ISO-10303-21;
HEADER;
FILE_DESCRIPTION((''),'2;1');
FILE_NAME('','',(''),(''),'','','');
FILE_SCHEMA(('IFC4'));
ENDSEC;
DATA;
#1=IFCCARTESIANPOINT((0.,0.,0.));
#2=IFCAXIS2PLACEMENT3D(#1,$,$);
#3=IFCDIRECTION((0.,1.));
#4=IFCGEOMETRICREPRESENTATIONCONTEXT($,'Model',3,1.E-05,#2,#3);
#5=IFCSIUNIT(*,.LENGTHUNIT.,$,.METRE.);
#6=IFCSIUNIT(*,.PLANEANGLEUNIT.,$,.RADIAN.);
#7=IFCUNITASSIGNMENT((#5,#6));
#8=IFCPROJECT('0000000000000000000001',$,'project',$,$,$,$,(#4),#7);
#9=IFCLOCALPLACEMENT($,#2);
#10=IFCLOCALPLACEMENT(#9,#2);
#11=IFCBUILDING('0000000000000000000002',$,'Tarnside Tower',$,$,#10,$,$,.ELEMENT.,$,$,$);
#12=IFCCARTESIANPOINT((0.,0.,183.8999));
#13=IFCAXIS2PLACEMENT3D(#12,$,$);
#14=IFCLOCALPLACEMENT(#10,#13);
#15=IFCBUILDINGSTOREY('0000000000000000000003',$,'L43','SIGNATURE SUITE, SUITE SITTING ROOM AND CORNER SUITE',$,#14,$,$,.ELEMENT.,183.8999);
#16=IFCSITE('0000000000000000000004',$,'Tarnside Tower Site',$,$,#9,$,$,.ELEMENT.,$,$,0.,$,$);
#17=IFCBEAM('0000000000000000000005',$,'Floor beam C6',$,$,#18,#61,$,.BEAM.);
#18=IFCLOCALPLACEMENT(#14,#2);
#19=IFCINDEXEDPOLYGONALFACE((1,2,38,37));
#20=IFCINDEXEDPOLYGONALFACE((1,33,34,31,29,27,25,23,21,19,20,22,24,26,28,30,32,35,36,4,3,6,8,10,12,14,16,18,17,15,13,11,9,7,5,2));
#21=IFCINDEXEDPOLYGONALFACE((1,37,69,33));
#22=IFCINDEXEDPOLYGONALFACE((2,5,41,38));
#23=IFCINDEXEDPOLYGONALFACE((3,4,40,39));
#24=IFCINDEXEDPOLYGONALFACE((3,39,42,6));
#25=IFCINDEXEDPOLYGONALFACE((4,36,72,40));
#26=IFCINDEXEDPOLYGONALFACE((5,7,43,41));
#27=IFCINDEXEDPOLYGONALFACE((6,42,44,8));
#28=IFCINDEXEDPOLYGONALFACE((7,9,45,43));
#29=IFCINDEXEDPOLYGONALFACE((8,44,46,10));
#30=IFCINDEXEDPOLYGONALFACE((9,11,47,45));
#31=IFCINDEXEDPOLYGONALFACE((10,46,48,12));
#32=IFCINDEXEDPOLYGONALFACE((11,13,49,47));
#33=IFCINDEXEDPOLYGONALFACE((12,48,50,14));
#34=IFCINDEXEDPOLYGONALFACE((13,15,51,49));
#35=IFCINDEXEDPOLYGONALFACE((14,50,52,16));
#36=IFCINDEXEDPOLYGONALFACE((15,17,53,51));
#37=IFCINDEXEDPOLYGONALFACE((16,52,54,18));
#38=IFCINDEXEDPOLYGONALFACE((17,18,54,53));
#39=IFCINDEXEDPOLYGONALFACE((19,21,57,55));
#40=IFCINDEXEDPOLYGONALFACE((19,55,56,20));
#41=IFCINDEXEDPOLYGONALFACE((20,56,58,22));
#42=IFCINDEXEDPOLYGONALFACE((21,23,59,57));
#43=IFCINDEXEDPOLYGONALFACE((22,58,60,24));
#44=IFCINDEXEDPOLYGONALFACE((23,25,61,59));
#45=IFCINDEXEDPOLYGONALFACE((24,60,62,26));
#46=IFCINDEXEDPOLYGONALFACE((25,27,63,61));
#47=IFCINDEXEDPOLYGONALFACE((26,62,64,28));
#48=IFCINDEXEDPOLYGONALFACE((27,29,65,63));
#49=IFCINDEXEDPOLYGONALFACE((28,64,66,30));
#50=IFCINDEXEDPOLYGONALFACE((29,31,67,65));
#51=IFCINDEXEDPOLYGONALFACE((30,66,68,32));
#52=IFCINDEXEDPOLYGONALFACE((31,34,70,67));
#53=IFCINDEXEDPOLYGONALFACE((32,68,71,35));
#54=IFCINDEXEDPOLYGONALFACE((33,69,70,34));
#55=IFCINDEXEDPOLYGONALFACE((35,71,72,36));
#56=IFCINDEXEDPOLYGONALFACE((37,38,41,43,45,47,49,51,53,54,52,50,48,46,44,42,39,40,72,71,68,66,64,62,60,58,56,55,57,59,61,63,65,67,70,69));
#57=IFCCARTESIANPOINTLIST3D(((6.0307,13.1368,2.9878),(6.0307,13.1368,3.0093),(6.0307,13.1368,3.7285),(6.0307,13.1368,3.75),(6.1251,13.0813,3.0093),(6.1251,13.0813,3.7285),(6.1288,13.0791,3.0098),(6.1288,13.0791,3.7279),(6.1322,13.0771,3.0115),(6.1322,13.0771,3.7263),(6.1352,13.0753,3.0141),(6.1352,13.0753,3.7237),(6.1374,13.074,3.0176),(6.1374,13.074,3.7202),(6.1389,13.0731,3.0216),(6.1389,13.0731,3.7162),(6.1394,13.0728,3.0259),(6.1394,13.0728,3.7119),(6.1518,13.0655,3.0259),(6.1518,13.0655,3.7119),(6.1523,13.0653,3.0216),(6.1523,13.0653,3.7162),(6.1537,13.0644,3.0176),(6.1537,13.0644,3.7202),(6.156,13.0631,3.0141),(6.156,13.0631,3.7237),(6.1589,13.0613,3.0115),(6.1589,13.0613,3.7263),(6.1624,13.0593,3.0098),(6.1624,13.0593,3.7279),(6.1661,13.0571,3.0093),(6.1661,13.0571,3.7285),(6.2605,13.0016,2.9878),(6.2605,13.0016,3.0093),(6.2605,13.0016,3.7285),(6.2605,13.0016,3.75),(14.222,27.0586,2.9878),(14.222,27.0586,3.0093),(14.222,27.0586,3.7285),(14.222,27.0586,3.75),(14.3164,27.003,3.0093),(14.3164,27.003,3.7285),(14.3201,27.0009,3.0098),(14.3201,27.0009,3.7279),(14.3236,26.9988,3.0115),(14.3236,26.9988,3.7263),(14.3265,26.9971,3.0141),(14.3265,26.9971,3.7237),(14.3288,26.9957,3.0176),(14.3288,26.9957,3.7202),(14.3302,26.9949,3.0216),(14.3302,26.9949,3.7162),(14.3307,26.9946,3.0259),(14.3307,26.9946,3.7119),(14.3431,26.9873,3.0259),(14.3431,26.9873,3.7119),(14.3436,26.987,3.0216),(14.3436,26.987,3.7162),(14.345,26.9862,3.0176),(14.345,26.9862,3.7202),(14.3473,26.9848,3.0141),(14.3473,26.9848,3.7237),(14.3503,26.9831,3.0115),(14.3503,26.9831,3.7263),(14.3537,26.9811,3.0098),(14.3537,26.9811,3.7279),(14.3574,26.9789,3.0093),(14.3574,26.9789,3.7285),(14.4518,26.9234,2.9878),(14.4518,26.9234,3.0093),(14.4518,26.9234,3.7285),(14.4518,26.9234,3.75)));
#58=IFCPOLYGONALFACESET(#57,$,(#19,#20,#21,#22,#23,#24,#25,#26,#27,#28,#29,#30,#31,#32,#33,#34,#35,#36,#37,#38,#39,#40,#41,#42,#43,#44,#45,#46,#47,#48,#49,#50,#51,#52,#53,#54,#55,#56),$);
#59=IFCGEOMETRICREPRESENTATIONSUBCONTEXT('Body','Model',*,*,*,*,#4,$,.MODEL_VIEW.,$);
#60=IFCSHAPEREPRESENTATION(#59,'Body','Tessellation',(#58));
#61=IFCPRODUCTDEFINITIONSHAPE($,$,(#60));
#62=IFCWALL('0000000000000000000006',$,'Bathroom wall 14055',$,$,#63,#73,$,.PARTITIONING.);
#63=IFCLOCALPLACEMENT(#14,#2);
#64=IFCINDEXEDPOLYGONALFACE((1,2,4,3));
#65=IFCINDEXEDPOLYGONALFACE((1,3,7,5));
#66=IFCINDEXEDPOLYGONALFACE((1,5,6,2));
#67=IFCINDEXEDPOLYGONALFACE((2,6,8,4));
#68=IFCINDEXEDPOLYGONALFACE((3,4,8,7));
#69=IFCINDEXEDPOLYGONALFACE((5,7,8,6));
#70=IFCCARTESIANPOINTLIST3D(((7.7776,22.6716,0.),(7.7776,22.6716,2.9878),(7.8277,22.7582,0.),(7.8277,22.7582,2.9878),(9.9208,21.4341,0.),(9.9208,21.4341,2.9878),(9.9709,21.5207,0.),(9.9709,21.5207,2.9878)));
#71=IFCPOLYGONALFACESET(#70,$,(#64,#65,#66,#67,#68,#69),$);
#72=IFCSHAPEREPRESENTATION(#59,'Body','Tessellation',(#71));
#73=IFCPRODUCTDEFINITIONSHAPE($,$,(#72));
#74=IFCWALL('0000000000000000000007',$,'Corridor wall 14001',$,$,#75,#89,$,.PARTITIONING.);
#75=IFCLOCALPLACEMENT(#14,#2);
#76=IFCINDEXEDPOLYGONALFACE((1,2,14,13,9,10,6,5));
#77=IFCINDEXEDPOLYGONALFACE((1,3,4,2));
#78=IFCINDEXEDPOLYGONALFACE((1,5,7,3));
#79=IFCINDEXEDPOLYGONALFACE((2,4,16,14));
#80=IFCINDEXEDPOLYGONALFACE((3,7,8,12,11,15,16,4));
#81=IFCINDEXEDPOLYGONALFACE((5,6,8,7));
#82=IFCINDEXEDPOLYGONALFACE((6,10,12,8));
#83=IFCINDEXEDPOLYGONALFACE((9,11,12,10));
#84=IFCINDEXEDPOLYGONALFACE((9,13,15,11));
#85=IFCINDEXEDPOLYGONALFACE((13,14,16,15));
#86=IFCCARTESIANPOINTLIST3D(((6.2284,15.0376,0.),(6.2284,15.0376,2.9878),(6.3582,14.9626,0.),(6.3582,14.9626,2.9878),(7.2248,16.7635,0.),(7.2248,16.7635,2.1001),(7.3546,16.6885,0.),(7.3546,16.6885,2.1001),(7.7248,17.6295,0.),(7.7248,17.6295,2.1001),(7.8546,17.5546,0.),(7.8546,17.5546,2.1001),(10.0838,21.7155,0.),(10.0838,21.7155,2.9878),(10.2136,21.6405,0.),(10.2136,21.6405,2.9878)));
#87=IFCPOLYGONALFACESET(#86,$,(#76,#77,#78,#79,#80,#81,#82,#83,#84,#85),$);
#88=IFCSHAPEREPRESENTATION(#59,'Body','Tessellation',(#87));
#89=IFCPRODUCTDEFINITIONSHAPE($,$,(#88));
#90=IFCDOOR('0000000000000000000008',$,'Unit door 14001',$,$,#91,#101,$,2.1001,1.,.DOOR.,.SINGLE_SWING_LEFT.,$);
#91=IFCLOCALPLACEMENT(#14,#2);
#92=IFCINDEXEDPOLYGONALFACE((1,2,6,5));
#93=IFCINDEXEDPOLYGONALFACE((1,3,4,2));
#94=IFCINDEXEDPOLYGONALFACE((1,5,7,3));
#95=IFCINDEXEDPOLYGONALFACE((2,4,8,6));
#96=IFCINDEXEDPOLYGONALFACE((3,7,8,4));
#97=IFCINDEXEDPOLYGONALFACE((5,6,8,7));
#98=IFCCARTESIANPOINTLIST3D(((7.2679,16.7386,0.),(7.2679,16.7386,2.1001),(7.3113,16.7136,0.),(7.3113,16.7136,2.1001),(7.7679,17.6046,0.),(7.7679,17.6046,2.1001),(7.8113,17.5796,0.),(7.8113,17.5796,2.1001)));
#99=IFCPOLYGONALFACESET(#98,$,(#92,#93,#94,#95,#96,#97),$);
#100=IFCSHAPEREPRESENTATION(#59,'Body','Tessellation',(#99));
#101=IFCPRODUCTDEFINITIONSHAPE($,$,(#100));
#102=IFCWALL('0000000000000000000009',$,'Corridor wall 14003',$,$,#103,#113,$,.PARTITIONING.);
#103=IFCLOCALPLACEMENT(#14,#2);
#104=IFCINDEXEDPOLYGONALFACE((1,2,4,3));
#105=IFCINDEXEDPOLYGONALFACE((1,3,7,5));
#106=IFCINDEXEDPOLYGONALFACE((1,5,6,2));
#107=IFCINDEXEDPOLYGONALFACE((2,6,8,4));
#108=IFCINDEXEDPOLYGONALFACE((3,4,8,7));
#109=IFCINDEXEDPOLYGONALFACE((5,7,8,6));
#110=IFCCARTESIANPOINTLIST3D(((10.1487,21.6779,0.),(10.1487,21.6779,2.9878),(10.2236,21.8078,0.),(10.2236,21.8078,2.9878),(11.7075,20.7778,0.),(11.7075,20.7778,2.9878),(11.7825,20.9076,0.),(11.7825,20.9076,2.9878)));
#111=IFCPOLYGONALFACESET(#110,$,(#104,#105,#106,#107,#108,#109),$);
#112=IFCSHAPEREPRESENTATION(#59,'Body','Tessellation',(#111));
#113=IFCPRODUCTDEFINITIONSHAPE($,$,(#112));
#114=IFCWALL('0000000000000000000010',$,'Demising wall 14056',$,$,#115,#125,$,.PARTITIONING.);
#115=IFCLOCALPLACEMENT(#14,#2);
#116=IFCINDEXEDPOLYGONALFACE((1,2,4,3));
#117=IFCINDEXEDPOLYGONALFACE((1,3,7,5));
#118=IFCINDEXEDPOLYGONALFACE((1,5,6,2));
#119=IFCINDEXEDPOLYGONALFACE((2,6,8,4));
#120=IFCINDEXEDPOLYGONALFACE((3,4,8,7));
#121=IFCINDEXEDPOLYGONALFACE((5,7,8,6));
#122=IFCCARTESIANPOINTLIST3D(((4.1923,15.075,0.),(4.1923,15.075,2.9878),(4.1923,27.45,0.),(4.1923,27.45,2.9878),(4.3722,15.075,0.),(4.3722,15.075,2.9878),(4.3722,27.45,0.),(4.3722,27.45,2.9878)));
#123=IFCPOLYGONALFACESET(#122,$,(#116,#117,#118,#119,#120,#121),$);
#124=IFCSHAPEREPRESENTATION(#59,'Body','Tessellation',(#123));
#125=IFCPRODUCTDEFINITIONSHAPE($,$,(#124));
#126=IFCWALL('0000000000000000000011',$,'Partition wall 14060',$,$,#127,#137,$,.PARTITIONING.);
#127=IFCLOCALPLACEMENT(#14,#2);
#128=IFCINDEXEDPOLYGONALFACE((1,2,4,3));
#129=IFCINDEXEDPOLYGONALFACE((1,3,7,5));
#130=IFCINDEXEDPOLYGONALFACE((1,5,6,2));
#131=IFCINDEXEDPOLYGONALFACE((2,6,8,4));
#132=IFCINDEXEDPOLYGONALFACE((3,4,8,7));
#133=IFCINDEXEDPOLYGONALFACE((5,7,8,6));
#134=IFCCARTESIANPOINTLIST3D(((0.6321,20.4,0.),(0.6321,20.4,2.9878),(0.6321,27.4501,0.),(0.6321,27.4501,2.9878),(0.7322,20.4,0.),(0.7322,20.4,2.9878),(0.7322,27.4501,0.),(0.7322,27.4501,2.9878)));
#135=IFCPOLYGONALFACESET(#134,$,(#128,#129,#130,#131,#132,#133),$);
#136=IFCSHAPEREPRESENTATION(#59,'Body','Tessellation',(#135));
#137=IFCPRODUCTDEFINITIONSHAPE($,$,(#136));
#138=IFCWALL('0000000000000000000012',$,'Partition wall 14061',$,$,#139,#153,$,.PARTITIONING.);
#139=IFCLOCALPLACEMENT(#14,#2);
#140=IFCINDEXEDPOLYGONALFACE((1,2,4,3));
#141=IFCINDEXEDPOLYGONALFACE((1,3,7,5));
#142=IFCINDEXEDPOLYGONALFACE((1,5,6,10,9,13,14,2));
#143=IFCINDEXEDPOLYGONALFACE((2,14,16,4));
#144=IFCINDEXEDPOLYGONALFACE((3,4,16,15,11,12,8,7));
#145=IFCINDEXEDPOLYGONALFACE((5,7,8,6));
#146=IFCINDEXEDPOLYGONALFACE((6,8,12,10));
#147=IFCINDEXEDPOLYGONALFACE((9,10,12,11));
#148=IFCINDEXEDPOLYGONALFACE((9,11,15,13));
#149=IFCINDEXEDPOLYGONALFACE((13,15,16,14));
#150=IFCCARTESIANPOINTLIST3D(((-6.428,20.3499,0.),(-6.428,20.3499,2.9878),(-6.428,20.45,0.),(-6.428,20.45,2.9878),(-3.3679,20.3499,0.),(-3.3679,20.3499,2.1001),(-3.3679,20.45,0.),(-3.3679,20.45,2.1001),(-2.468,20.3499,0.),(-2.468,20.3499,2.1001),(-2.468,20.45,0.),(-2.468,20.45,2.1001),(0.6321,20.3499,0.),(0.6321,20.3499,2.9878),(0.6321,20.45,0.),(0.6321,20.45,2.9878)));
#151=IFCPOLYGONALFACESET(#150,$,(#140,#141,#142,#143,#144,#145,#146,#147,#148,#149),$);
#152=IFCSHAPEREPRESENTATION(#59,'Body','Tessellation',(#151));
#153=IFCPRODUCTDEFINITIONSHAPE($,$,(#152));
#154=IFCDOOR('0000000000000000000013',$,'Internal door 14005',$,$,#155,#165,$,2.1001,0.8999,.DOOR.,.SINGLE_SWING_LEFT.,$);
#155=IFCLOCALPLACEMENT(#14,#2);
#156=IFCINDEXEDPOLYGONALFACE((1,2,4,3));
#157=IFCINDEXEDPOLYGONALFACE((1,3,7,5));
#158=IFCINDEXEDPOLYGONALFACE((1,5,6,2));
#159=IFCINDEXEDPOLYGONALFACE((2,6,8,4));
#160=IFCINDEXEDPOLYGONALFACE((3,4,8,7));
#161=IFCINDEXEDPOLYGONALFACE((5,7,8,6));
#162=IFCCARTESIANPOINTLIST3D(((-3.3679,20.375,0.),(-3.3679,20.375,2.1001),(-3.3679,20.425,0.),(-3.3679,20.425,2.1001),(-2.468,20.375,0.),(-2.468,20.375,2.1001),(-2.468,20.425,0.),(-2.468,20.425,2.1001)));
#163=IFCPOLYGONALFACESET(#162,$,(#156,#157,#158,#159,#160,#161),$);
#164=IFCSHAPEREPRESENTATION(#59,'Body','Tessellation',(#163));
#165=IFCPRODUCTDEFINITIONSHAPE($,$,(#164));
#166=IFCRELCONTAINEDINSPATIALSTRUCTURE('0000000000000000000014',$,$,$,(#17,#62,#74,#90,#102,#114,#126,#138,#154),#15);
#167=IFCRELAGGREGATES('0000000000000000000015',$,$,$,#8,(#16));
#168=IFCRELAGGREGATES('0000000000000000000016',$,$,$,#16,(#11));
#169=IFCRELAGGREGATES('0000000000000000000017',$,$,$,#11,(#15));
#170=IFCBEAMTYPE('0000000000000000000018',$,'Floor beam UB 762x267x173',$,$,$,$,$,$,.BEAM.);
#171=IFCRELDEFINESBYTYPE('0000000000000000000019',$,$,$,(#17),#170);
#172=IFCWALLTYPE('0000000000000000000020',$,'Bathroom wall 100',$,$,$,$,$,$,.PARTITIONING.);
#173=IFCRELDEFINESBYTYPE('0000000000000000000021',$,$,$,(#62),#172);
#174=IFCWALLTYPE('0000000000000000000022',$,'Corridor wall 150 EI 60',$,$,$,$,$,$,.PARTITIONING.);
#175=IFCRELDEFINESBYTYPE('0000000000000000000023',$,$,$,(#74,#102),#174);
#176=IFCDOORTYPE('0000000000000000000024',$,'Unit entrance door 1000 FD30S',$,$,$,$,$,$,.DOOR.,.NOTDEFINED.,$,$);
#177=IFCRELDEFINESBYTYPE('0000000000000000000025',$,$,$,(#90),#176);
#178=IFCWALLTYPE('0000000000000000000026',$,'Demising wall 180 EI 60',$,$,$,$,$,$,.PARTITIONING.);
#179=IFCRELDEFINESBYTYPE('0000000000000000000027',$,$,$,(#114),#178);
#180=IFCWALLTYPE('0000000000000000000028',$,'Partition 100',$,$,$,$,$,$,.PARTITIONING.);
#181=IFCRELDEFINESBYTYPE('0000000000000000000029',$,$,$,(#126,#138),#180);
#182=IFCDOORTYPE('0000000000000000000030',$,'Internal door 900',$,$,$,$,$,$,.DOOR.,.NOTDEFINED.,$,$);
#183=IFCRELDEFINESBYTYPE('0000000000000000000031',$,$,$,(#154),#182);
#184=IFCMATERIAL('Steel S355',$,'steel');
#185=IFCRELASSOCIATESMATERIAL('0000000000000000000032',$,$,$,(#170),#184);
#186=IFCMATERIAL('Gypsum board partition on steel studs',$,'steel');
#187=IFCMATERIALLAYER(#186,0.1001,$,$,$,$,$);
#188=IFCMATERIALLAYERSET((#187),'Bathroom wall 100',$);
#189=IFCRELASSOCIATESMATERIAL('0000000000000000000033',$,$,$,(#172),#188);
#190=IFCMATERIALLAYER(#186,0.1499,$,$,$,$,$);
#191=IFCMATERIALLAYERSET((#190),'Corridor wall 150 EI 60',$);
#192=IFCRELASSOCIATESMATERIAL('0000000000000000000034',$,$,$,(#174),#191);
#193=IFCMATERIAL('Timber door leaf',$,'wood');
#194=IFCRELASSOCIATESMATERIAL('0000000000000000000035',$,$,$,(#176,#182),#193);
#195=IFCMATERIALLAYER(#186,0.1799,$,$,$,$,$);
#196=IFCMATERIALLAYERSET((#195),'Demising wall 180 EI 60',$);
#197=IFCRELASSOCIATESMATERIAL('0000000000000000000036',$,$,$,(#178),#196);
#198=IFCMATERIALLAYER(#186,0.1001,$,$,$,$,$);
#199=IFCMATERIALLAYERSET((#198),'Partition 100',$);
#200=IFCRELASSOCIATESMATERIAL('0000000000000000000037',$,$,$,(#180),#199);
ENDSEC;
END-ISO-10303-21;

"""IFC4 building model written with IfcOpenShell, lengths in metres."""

from ifc_helpers import new_model, si_unit, direction, frame, frame_2d, origin, origin_2d, place, context, subcontext, project, spatial, rectangle, i_section, extrude, material, layer, layer_set, material_profile, profile_set, type_object, element, fill, save


model = new_model("IFC4")

# Units and contexts
model_context = context("Model", 3, precision=1e-05, world=origin(), true_north=direction((0.0, 1.0)))
body_context = subcontext(model_context, "Body", "Model", "MODEL_VIEW")
ifc_project = project(units=[si_unit("LENGTHUNIT", "METRE"), si_unit("PLANEANGLEUNIT", "RADIAN")], contexts=[model_context])

# Site, building, storey
site_placement = place(None, origin())
site = spatial("IfcSite", under=ifc_project, at=site_placement, Name="Tarnside Tower Site", CompositionType="ELEMENT", RefElevation=0.0)
building_placement = place(site_placement, origin())
building = spatial("IfcBuilding", under=site, at=building_placement, Name="Tarnside Tower", CompositionType="ELEMENT")
storey_placement = place(building_placement, frame((0.0, 0.0, 183.8999)))
storey = spatial("IfcBuildingStorey", under=building, at=storey_placement, Name="L43", Description="SIGNATURE SUITE, SUITE SITTING ROOM AND CORNER SUITE", CompositionType="ELEMENT", Elevation=183.8999)

# Beam
ifc_material_1 = material(Name="Steel S355", Category="steel")
ifc_material_profile_1 = material_profile(ifc_material_1, i_section(OverallWidth=0.2666, OverallDepth=0.7622, WebThickness=0.0144, FlangeThickness=0.0215, FilletRadius=0.0166, at=origin_2d()), Name="UB 762x267x173")
ifc_profile_set_1 = profile_set([ifc_material_profile_1], Name="Steel S355")
beam_type_1 = type_object("IfcBeamType", Name="Floor beam UB 762x267x173", PredefinedType="BEAM", material=ifc_profile_set_1)
beam_1_placement = place(storey_placement, frame((14.3369, 26.991, 3.3689), z_axis=(-0.507115, -0.861878, 0.0), x_axis=(0.861878, -0.507115, 0.0)))
element("IfcBeam", 1, at=beam_1_placement, inside=storey, type_object=beam_type_1, Name="Floor beam C6", PredefinedType="BEAM", context=body_context, shape_type="SweptSolid", body=[
    extrude(i_section(OverallWidth=0.2666, OverallDepth=0.7622, WebThickness=0.0144, FlangeThickness=0.0215, FilletRadius=0.0166, at=origin_2d()), origin(), (0.0, 0.0, 1.0), 16.1528),
])

# Wall
ifc_material_2 = material(Name="Gypsum board partition on steel studs", Category="steel")
ifc_layer_1 = layer(ifc_material_2, 0.1001)
ifc_layer_set_1 = layer_set([ifc_layer_1], Name="Bathroom wall 100")
wall_type_1 = type_object("IfcWallType", Name="Bathroom wall 100", PredefinedType="PARTITIONING", material=ifc_layer_set_1)
wall_1_placement = place(storey_placement, frame((7.8027, 22.7148, 0.0), z_axis=(0.0, 0.0, 1.0), x_axis=(0.866007, -0.500033, 0.0)))
element("IfcWall", 2, at=wall_1_placement, inside=storey, type_object=wall_type_1, Name="Bathroom wall 14055", PredefinedType="PARTITIONING", context=body_context, shape_type="SweptSolid", body=[
    extrude(rectangle(XDim=2.4749, YDim=0.1001, at=frame_2d((1.2373, 0.0))), origin(), (0.0, 0.0, 1.0), 2.9878),
])

# Wall, opening, door
ifc_layer_2 = layer(ifc_material_2, 0.1499)
ifc_layer_set_2 = layer_set([ifc_layer_2], Name="Corridor wall 150 EI 60")
wall_type_2 = type_object("IfcWallType", Name="Corridor wall 150 EI 60", PredefinedType="PARTITIONING", material=ifc_layer_set_2)
wall_2_placement = place(storey_placement, frame((10.1487, 21.678, 0.0), z_axis=(0.0, 0.0, 1.0), x_axis=(-0.499994, -0.866029, 0.0)))
wall_2 = element("IfcWall", 3, at=wall_2_placement, inside=storey, type_object=wall_type_2, Name="Corridor wall 14001", PredefinedType="PARTITIONING", context=body_context, shape_type="SweptSolid", body=[
    extrude(rectangle(XDim=7.7109, YDim=0.1499, at=frame_2d((3.8555, 0.0))), origin(), (0.0, 0.0, 1.0), 2.9878),
])
opening_1_placement = place(wall_2_placement, frame((4.718, 0.0, 0.0)))
opening_1 = element("IfcOpeningElement", 4, at=opening_1_placement, cuts=wall_2, PredefinedType="OPENING", context=body_context, shape_type="SweptSolid", body=[
    extrude(rectangle(XDim=1.0, YDim=2.1001, at=frame_2d((0.5, 1.05))), frame((0.0, 0.085, 0.0), z_axis=(0.0, -1.0, 0.0), x_axis=(1.0, 0.0, 0.0)), (0.0, 0.0, 1.0), 0.1699),
])
ifc_material_3 = material(Name="Timber door leaf", Category="wood")
door_type_1 = type_object("IfcDoorType", Name="Unit entrance door 1000 FD30S", OperationType="NOTDEFINED", PredefinedType="DOOR", material=ifc_material_3)
door_1_placement = place(opening_1_placement, origin())
door_1 = element("IfcDoor", 5, at=door_1_placement, inside=storey, type_object=door_type_1, Name="Unit door 14001", OperationType="SINGLE_SWING_LEFT", OverallHeight=2.1001, OverallWidth=1.0, PredefinedType="DOOR", context=body_context, shape_type="SweptSolid", body=[
    extrude(rectangle(XDim=1.0, YDim=2.1001, at=frame_2d((0.5, 1.05))), frame((0.0, 0.0249, 0.0), z_axis=(0.0, -1.0, 0.0), x_axis=(1.0, 0.0, 0.0)), (0.0, 0.0, 1.0), 0.05),
])
fill(opening_1, door_1)

# Walls
wall_3_placement = place(storey_placement, frame((11.7449, 20.8428, 0.0), z_axis=(0.0, 0.0, 1.0), x_axis=(-0.865989, 0.500063, 0.0)))
element("IfcWall", 6, at=wall_3_placement, inside=storey, type_object=wall_type_2, Name="Corridor wall 14003", PredefinedType="PARTITIONING", context=body_context, shape_type="SweptSolid", body=[
    extrude(rectangle(XDim=1.8, YDim=0.1499, at=frame_2d((0.8999, 0.0))), origin(), (0.0, 0.0, 1.0), 2.9878),
])
ifc_layer_3 = layer(ifc_material_2, 0.1799)
ifc_layer_set_3 = layer_set([ifc_layer_3], Name="Demising wall 180 EI 60")
wall_type_3 = type_object("IfcWallType", Name="Demising wall 180 EI 60", PredefinedType="PARTITIONING", material=ifc_layer_set_3)
wall_4_placement = place(storey_placement, frame((4.2822, 27.45, 0.0), z_axis=(0.0, 0.0, 1.0), x_axis=(0.0, -1.0, 0.0)))
element("IfcWall", 7, at=wall_4_placement, inside=storey, type_object=wall_type_3, Name="Demising wall 14056", PredefinedType="PARTITIONING", context=body_context, shape_type="SweptSolid", body=[
    extrude(rectangle(XDim=12.375, YDim=0.1799, at=frame_2d((6.1875, 0.0))), origin(), (0.0, 0.0, 1.0), 2.9878),
])
ifc_layer_4 = layer(ifc_material_2, 0.1001)
ifc_layer_set_4 = layer_set([ifc_layer_4], Name="Partition 100")
wall_type_4 = type_object("IfcWallType", Name="Partition 100", PredefinedType="PARTITIONING", material=ifc_layer_set_4)
wall_5_placement = place(storey_placement, frame((0.6821, 27.45, 0.0), z_axis=(0.0, 0.0, 1.0), x_axis=(0.0, -1.0, 0.0)))
element("IfcWall", 8, at=wall_5_placement, inside=storey, type_object=wall_type_4, Name="Partition wall 14060", PredefinedType="PARTITIONING", context=body_context, shape_type="SweptSolid", body=[
    extrude(rectangle(XDim=7.05, YDim=0.1001, at=frame_2d((3.5249, 0.0))), origin(), (0.0, 0.0, 1.0), 2.9878),
])

# Wall, opening, door
wall_6_placement = place(storey_placement, frame((0.6321, 20.3999, 0.0), z_axis=(0.0, 0.0, 1.0), x_axis=(-1.0, 0.0, 0.0)))
wall_6 = element("IfcWall", 9, at=wall_6_placement, inside=storey, type_object=wall_type_4, Name="Partition wall 14061", PredefinedType="PARTITIONING", context=body_context, shape_type="SweptSolid", body=[
    extrude(rectangle(XDim=7.0601, YDim=0.1001, at=frame_2d((3.53, 0.0))), origin(), (0.0, 0.0, 1.0), 2.9878),
])
opening_2_placement = place(wall_6_placement, frame((3.1001, 0.0, 0.0)))
opening_2 = element("IfcOpeningElement", 10, at=opening_2_placement, cuts=wall_6, PredefinedType="OPENING", context=body_context, shape_type="SweptSolid", body=[
    extrude(rectangle(XDim=0.8999, YDim=2.1001, at=frame_2d((0.45, 1.05))), frame((0.0, 0.0601, 0.0), z_axis=(0.0, -1.0, 0.0), x_axis=(1.0, 0.0, 0.0)), (0.0, 0.0, 1.0), 0.1201),
])
door_type_2 = type_object("IfcDoorType", Name="Internal door 900", OperationType="NOTDEFINED", PredefinedType="DOOR", material=ifc_material_3)
door_2_placement = place(opening_2_placement, origin())
door_2 = element("IfcDoor", 11, at=door_2_placement, inside=storey, type_object=door_type_2, Name="Internal door 14005", OperationType="SINGLE_SWING_LEFT", OverallHeight=2.1001, OverallWidth=0.8999, PredefinedType="DOOR", context=body_context, shape_type="SweptSolid", body=[
    extrude(rectangle(XDim=0.8999, YDim=2.1001, at=frame_2d((0.45, 1.05))), frame((0.0, 0.0249, 0.0), z_axis=(0.0, -1.0, 0.0), x_axis=(1.0, 0.0, 0.0)), (0.0, 0.0, 1.0), 0.05),
])
fill(opening_2, door_2)

save(model, "model.ifc")
